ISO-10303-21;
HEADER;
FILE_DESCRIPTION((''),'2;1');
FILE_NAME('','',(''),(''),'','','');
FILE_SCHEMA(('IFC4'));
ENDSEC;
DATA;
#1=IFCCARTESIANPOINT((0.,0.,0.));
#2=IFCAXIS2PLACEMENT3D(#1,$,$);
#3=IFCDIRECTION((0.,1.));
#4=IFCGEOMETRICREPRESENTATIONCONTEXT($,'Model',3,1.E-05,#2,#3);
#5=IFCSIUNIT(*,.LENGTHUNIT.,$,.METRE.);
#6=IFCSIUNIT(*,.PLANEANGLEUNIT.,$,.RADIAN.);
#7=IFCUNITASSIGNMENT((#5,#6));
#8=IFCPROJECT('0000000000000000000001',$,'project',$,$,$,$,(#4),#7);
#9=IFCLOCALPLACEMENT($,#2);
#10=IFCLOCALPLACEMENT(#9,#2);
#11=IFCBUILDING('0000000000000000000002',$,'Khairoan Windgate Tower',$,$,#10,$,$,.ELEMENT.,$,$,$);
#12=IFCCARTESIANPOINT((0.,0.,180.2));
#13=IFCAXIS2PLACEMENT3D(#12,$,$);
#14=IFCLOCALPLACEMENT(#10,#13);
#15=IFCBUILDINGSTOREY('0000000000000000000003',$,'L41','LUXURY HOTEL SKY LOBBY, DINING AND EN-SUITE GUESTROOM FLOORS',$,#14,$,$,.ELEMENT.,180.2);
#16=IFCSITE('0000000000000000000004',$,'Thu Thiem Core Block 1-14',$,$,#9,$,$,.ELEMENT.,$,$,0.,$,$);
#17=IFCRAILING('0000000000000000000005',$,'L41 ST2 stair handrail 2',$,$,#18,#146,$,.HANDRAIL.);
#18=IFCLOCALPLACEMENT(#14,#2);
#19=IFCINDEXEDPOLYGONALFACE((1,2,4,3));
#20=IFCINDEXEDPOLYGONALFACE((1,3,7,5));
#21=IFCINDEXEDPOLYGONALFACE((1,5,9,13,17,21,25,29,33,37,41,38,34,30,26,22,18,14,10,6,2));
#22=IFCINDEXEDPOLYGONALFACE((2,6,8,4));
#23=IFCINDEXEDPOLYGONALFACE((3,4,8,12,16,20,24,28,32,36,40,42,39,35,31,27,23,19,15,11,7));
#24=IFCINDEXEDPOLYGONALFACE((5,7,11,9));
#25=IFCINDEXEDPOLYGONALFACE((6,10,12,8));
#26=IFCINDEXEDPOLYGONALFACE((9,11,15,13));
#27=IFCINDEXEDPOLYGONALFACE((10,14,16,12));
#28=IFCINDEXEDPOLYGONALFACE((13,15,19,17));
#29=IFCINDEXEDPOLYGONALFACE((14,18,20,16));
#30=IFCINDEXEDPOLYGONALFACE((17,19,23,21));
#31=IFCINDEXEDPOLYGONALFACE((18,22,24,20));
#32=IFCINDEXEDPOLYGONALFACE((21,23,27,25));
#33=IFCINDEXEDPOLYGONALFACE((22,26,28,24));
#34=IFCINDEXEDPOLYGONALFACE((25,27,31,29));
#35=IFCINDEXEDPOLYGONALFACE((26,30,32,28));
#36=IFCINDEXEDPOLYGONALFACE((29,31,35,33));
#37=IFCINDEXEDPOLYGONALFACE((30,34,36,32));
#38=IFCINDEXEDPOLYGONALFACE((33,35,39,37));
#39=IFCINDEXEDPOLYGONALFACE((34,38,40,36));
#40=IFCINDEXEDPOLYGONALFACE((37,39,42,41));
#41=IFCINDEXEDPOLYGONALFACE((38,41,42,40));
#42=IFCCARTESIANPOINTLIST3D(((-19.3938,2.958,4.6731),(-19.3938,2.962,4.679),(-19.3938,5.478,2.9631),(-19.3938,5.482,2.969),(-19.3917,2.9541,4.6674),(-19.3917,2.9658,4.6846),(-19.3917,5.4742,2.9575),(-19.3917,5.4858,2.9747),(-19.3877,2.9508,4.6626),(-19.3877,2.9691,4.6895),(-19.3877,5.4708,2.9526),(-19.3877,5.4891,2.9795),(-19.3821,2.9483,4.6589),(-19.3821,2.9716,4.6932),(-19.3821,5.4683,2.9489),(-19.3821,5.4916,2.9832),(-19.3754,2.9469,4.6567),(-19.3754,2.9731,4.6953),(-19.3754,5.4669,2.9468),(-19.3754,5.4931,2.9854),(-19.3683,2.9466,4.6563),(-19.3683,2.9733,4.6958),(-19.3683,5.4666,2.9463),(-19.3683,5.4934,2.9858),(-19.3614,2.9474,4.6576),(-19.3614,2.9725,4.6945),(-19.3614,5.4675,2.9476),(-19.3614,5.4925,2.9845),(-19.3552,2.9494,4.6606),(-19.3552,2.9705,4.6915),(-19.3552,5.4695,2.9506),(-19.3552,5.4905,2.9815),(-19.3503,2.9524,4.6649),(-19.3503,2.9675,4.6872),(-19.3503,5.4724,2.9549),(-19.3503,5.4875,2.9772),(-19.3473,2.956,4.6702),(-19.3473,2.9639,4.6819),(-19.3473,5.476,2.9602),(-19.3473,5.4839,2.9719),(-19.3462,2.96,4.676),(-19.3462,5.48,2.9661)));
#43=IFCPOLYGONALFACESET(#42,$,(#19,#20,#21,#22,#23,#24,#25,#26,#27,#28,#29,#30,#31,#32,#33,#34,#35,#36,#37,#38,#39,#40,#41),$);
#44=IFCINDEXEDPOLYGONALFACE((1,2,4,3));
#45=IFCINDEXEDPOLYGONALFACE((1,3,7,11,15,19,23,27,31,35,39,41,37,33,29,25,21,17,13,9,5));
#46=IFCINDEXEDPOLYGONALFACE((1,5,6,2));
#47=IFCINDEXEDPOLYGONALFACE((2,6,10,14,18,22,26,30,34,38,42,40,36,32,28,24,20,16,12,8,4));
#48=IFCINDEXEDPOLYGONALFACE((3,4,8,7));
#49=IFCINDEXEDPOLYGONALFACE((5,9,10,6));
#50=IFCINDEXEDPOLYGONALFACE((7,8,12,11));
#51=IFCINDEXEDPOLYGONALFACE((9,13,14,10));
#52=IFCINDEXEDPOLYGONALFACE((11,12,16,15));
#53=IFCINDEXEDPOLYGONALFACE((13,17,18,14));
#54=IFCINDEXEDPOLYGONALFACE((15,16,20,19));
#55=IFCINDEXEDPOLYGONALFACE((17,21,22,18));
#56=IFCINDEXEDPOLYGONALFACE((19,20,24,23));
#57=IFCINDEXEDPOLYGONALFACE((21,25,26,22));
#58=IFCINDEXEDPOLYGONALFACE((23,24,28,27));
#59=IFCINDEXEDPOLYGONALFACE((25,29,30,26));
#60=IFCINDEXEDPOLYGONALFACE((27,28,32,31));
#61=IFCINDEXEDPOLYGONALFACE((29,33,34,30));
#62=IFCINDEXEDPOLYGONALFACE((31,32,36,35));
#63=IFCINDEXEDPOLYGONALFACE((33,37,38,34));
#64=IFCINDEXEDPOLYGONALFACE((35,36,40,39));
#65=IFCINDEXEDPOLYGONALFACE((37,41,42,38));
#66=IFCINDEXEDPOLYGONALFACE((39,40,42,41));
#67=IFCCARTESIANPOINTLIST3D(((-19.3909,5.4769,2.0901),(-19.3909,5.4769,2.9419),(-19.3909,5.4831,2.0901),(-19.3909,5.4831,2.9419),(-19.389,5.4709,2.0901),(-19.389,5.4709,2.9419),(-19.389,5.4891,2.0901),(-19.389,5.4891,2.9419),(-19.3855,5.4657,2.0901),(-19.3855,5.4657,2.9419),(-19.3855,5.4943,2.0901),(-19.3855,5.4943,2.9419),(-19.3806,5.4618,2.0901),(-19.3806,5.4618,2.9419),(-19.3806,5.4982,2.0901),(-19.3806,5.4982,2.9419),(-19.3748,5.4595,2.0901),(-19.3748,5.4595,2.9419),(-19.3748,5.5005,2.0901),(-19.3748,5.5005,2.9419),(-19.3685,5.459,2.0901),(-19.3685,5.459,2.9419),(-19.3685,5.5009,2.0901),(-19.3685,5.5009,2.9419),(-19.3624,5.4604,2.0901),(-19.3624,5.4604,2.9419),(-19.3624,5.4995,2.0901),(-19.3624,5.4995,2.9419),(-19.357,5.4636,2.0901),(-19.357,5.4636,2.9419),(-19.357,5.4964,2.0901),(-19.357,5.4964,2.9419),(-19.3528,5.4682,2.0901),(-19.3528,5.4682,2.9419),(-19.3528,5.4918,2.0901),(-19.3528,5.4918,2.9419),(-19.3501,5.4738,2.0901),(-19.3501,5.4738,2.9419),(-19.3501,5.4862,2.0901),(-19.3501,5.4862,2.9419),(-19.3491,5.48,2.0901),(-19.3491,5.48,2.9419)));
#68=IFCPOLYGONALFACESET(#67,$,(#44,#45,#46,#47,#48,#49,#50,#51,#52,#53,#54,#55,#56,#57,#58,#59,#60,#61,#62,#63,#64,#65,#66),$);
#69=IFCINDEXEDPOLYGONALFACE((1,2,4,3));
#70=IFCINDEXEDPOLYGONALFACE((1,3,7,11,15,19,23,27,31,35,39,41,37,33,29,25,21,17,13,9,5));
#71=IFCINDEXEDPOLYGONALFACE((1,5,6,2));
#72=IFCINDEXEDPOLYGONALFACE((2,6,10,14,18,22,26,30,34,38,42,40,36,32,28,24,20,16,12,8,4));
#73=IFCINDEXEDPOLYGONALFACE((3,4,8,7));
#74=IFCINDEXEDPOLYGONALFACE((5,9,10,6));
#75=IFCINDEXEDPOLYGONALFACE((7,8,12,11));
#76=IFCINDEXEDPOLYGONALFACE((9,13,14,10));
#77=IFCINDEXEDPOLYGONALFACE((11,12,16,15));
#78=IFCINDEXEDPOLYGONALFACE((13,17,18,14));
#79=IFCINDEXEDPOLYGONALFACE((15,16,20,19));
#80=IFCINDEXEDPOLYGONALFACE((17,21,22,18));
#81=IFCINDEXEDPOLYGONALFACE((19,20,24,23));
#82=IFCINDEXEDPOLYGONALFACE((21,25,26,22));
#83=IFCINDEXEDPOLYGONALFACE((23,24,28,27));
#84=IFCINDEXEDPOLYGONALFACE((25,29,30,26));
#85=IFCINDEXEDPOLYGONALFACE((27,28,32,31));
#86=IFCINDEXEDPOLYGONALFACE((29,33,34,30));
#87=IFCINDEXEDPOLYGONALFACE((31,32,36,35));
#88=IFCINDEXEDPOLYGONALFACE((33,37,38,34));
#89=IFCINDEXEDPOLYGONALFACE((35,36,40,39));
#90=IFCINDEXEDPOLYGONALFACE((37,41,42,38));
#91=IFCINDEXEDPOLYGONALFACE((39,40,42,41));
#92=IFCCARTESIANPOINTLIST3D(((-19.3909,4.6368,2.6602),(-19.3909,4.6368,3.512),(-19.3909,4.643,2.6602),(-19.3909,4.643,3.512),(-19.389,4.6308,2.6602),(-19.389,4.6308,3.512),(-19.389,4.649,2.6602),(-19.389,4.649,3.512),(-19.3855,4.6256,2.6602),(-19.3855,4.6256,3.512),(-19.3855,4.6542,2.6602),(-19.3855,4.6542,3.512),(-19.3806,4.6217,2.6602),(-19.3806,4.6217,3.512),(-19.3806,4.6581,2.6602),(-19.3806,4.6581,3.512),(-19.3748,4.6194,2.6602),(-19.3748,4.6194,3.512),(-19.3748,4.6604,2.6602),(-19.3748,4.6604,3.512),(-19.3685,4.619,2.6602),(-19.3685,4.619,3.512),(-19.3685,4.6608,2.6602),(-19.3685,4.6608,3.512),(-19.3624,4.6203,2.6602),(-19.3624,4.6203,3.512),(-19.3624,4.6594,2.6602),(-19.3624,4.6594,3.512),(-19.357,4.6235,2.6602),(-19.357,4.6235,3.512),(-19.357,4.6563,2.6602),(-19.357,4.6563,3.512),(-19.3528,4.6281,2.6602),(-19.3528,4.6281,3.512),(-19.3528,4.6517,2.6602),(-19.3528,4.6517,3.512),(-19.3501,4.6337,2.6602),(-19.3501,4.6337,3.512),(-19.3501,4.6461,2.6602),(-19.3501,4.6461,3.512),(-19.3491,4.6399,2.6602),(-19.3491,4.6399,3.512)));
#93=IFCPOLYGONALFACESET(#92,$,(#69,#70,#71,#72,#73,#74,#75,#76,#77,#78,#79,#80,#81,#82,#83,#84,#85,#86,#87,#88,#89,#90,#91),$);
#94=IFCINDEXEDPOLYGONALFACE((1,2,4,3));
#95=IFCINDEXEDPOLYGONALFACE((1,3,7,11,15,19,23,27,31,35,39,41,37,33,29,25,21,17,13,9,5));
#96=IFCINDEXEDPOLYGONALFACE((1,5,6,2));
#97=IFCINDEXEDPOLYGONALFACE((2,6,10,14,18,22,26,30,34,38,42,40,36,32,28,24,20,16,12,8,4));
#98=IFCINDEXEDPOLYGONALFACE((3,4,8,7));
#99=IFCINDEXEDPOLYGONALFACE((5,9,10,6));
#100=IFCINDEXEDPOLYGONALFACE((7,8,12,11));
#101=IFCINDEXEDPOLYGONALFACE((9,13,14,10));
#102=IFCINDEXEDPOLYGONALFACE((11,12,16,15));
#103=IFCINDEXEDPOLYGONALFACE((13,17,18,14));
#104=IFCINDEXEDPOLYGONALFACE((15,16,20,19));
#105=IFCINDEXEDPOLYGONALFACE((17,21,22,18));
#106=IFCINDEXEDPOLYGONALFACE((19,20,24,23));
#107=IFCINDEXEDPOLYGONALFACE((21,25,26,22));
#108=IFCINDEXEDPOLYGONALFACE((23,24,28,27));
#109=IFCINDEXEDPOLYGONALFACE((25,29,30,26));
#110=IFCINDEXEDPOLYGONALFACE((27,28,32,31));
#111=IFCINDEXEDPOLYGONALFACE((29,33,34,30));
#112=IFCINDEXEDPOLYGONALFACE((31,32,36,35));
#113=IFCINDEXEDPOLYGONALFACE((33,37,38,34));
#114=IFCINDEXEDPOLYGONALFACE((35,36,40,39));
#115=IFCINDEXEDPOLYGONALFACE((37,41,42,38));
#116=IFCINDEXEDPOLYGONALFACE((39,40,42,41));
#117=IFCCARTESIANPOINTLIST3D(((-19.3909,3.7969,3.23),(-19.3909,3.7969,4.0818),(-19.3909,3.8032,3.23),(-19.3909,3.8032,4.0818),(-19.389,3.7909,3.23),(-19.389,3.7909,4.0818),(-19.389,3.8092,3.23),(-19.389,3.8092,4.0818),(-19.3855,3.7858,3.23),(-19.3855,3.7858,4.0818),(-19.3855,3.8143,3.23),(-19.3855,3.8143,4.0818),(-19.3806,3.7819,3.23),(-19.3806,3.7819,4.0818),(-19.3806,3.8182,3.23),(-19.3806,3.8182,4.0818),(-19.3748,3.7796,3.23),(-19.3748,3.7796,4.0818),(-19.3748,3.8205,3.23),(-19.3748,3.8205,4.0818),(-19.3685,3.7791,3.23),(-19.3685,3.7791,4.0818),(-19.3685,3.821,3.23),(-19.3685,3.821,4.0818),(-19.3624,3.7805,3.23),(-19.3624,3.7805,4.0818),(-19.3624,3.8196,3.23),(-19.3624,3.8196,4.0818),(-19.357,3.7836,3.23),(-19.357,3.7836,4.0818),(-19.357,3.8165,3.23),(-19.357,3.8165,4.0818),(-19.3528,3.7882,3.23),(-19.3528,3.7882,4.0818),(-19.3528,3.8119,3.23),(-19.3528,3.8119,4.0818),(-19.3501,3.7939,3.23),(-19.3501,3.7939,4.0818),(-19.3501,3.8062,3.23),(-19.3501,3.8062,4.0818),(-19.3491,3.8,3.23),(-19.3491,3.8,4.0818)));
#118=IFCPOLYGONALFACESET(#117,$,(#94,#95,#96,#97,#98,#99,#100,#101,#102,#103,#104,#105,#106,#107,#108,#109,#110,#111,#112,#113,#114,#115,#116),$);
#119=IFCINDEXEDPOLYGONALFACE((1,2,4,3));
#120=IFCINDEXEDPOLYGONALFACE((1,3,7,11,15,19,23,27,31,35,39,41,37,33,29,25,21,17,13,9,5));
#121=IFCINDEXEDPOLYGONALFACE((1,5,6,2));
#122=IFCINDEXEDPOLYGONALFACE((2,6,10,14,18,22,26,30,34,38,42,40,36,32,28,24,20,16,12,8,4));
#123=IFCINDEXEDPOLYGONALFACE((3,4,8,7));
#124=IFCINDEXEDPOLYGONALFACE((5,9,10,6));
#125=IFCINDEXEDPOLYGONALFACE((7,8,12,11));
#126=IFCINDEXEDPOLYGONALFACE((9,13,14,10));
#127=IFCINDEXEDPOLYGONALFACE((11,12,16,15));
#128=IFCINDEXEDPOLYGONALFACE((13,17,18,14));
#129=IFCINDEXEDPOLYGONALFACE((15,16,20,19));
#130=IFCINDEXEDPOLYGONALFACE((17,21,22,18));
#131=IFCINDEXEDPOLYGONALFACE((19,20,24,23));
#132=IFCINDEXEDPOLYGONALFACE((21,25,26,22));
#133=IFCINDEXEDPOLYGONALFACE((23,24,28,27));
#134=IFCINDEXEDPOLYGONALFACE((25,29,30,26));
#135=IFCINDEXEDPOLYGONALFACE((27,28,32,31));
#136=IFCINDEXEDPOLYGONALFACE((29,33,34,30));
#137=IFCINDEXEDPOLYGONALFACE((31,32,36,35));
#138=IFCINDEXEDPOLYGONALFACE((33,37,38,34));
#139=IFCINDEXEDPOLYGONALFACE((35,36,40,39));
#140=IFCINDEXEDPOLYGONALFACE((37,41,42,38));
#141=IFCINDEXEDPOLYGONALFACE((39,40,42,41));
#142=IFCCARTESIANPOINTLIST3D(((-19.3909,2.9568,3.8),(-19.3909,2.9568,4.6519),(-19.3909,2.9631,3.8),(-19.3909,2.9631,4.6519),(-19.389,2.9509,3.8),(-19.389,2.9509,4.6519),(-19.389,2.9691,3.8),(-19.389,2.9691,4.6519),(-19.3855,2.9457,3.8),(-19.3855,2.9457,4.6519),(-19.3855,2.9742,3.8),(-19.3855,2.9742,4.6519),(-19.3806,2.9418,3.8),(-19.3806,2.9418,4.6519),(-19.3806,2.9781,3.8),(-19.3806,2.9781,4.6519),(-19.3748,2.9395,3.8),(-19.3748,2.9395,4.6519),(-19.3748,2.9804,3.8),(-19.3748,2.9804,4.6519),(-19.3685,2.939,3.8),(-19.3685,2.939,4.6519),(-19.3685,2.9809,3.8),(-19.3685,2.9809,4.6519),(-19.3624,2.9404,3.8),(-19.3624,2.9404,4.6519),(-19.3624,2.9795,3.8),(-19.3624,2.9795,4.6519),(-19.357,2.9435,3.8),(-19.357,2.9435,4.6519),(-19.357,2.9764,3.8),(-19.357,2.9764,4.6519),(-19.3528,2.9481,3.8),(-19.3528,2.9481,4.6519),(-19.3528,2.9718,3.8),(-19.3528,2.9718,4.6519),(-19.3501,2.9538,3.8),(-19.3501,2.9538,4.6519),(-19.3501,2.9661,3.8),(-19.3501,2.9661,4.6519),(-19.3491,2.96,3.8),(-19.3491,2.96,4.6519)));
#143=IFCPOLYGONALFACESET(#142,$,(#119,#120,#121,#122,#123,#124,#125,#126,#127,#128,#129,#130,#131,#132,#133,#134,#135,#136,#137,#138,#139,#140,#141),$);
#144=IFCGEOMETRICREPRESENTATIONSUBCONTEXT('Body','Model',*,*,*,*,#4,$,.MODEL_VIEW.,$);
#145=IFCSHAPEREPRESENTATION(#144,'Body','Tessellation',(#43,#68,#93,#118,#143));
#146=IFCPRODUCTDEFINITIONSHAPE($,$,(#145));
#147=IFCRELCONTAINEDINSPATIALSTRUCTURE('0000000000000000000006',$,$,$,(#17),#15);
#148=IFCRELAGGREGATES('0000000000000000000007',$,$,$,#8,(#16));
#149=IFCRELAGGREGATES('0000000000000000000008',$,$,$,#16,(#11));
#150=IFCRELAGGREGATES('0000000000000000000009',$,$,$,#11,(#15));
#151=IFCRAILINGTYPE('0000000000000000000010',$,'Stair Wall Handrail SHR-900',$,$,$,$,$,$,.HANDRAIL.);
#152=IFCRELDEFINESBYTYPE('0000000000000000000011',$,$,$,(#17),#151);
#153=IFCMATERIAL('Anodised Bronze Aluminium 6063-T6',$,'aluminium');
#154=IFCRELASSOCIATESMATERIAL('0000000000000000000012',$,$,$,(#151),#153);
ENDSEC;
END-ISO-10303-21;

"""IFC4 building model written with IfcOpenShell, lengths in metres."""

from ifc_helpers import new_model, si_unit, direction, frame, origin, origin_2d, place, context, subcontext, project, spatial, circle, extrude, material, type_object, element, save


model = new_model("IFC4")

# Units and contexts
model_context = context("Model", 3, precision=1e-05, world=origin(), true_north=direction((0.0, 1.0)))
body_context = subcontext(model_context, "Body", "Model", "MODEL_VIEW")
ifc_project = project(units=[si_unit("LENGTHUNIT", "METRE"), si_unit("PLANEANGLEUNIT", "RADIAN")], contexts=[model_context])

# Site, building, storey
site_placement = place(None, origin())
site = spatial("IfcSite", under=ifc_project, at=site_placement, Name="Thu Thiem Core Block 1-14", CompositionType="ELEMENT", RefElevation=0.0)
building_placement = place(site_placement, origin())
building = spatial("IfcBuilding", under=site, at=building_placement, Name="Khairoan Windgate Tower", CompositionType="ELEMENT")
storey_placement = place(building_placement, frame((0.0, 0.0, 180.2)))
storey = spatial("IfcBuildingStorey", under=building, at=storey_placement, Name="L41", Description="LUXURY HOTEL SKY LOBBY, DINING AND EN-SUITE GUESTROOM FLOORS", CompositionType="ELEMENT", Elevation=180.2)

# Railing
ifc_material_1 = material(Name="Anodised Bronze Aluminium 6063-T6", Category="aluminium")
railing_type_1 = type_object("IfcRailingType", Name="Stair Wall Handrail SHR-900", PredefinedType="HANDRAIL", material=ifc_material_1)
railing_1_placement = place(storey_placement, frame((-19.3701, 5.48, 2.0901)))
element("IfcRailing", 1, at=railing_1_placement, inside=storey, type_object=railing_type_1, Name="L41 ST2 stair handrail 2", PredefinedType="HANDRAIL", context=body_context, shape_type="SweptSolid", body=[
    extrude(circle(Radius=0.0239, at=origin_2d()), frame((0.0, 0.0, 0.876), z_axis=(0.0, -0.827484, 0.56149), x_axis=(1.0, 0.0, 0.0)), (0.0, 0.0, 1.0), 3.0454),
    extrude(circle(Radius=0.021, at=origin_2d()), origin(), (0.0, 0.0, 1.0), 0.8518),
    extrude(circle(Radius=0.021, at=origin_2d()), frame((0.0, -0.8401, 0.5701)), (0.0, 0.0, 1.0), 0.8518),
    extrude(circle(Radius=0.021, at=origin_2d()), frame((0.0, -1.6799, 1.1399)), (0.0, 0.0, 1.0), 0.8518),
    extrude(circle(Radius=0.021, at=origin_2d()), frame((0.0, -2.52, 1.71)), (0.0, 0.0, 1.0), 0.8518),
])

save(model, "model.ifc")
